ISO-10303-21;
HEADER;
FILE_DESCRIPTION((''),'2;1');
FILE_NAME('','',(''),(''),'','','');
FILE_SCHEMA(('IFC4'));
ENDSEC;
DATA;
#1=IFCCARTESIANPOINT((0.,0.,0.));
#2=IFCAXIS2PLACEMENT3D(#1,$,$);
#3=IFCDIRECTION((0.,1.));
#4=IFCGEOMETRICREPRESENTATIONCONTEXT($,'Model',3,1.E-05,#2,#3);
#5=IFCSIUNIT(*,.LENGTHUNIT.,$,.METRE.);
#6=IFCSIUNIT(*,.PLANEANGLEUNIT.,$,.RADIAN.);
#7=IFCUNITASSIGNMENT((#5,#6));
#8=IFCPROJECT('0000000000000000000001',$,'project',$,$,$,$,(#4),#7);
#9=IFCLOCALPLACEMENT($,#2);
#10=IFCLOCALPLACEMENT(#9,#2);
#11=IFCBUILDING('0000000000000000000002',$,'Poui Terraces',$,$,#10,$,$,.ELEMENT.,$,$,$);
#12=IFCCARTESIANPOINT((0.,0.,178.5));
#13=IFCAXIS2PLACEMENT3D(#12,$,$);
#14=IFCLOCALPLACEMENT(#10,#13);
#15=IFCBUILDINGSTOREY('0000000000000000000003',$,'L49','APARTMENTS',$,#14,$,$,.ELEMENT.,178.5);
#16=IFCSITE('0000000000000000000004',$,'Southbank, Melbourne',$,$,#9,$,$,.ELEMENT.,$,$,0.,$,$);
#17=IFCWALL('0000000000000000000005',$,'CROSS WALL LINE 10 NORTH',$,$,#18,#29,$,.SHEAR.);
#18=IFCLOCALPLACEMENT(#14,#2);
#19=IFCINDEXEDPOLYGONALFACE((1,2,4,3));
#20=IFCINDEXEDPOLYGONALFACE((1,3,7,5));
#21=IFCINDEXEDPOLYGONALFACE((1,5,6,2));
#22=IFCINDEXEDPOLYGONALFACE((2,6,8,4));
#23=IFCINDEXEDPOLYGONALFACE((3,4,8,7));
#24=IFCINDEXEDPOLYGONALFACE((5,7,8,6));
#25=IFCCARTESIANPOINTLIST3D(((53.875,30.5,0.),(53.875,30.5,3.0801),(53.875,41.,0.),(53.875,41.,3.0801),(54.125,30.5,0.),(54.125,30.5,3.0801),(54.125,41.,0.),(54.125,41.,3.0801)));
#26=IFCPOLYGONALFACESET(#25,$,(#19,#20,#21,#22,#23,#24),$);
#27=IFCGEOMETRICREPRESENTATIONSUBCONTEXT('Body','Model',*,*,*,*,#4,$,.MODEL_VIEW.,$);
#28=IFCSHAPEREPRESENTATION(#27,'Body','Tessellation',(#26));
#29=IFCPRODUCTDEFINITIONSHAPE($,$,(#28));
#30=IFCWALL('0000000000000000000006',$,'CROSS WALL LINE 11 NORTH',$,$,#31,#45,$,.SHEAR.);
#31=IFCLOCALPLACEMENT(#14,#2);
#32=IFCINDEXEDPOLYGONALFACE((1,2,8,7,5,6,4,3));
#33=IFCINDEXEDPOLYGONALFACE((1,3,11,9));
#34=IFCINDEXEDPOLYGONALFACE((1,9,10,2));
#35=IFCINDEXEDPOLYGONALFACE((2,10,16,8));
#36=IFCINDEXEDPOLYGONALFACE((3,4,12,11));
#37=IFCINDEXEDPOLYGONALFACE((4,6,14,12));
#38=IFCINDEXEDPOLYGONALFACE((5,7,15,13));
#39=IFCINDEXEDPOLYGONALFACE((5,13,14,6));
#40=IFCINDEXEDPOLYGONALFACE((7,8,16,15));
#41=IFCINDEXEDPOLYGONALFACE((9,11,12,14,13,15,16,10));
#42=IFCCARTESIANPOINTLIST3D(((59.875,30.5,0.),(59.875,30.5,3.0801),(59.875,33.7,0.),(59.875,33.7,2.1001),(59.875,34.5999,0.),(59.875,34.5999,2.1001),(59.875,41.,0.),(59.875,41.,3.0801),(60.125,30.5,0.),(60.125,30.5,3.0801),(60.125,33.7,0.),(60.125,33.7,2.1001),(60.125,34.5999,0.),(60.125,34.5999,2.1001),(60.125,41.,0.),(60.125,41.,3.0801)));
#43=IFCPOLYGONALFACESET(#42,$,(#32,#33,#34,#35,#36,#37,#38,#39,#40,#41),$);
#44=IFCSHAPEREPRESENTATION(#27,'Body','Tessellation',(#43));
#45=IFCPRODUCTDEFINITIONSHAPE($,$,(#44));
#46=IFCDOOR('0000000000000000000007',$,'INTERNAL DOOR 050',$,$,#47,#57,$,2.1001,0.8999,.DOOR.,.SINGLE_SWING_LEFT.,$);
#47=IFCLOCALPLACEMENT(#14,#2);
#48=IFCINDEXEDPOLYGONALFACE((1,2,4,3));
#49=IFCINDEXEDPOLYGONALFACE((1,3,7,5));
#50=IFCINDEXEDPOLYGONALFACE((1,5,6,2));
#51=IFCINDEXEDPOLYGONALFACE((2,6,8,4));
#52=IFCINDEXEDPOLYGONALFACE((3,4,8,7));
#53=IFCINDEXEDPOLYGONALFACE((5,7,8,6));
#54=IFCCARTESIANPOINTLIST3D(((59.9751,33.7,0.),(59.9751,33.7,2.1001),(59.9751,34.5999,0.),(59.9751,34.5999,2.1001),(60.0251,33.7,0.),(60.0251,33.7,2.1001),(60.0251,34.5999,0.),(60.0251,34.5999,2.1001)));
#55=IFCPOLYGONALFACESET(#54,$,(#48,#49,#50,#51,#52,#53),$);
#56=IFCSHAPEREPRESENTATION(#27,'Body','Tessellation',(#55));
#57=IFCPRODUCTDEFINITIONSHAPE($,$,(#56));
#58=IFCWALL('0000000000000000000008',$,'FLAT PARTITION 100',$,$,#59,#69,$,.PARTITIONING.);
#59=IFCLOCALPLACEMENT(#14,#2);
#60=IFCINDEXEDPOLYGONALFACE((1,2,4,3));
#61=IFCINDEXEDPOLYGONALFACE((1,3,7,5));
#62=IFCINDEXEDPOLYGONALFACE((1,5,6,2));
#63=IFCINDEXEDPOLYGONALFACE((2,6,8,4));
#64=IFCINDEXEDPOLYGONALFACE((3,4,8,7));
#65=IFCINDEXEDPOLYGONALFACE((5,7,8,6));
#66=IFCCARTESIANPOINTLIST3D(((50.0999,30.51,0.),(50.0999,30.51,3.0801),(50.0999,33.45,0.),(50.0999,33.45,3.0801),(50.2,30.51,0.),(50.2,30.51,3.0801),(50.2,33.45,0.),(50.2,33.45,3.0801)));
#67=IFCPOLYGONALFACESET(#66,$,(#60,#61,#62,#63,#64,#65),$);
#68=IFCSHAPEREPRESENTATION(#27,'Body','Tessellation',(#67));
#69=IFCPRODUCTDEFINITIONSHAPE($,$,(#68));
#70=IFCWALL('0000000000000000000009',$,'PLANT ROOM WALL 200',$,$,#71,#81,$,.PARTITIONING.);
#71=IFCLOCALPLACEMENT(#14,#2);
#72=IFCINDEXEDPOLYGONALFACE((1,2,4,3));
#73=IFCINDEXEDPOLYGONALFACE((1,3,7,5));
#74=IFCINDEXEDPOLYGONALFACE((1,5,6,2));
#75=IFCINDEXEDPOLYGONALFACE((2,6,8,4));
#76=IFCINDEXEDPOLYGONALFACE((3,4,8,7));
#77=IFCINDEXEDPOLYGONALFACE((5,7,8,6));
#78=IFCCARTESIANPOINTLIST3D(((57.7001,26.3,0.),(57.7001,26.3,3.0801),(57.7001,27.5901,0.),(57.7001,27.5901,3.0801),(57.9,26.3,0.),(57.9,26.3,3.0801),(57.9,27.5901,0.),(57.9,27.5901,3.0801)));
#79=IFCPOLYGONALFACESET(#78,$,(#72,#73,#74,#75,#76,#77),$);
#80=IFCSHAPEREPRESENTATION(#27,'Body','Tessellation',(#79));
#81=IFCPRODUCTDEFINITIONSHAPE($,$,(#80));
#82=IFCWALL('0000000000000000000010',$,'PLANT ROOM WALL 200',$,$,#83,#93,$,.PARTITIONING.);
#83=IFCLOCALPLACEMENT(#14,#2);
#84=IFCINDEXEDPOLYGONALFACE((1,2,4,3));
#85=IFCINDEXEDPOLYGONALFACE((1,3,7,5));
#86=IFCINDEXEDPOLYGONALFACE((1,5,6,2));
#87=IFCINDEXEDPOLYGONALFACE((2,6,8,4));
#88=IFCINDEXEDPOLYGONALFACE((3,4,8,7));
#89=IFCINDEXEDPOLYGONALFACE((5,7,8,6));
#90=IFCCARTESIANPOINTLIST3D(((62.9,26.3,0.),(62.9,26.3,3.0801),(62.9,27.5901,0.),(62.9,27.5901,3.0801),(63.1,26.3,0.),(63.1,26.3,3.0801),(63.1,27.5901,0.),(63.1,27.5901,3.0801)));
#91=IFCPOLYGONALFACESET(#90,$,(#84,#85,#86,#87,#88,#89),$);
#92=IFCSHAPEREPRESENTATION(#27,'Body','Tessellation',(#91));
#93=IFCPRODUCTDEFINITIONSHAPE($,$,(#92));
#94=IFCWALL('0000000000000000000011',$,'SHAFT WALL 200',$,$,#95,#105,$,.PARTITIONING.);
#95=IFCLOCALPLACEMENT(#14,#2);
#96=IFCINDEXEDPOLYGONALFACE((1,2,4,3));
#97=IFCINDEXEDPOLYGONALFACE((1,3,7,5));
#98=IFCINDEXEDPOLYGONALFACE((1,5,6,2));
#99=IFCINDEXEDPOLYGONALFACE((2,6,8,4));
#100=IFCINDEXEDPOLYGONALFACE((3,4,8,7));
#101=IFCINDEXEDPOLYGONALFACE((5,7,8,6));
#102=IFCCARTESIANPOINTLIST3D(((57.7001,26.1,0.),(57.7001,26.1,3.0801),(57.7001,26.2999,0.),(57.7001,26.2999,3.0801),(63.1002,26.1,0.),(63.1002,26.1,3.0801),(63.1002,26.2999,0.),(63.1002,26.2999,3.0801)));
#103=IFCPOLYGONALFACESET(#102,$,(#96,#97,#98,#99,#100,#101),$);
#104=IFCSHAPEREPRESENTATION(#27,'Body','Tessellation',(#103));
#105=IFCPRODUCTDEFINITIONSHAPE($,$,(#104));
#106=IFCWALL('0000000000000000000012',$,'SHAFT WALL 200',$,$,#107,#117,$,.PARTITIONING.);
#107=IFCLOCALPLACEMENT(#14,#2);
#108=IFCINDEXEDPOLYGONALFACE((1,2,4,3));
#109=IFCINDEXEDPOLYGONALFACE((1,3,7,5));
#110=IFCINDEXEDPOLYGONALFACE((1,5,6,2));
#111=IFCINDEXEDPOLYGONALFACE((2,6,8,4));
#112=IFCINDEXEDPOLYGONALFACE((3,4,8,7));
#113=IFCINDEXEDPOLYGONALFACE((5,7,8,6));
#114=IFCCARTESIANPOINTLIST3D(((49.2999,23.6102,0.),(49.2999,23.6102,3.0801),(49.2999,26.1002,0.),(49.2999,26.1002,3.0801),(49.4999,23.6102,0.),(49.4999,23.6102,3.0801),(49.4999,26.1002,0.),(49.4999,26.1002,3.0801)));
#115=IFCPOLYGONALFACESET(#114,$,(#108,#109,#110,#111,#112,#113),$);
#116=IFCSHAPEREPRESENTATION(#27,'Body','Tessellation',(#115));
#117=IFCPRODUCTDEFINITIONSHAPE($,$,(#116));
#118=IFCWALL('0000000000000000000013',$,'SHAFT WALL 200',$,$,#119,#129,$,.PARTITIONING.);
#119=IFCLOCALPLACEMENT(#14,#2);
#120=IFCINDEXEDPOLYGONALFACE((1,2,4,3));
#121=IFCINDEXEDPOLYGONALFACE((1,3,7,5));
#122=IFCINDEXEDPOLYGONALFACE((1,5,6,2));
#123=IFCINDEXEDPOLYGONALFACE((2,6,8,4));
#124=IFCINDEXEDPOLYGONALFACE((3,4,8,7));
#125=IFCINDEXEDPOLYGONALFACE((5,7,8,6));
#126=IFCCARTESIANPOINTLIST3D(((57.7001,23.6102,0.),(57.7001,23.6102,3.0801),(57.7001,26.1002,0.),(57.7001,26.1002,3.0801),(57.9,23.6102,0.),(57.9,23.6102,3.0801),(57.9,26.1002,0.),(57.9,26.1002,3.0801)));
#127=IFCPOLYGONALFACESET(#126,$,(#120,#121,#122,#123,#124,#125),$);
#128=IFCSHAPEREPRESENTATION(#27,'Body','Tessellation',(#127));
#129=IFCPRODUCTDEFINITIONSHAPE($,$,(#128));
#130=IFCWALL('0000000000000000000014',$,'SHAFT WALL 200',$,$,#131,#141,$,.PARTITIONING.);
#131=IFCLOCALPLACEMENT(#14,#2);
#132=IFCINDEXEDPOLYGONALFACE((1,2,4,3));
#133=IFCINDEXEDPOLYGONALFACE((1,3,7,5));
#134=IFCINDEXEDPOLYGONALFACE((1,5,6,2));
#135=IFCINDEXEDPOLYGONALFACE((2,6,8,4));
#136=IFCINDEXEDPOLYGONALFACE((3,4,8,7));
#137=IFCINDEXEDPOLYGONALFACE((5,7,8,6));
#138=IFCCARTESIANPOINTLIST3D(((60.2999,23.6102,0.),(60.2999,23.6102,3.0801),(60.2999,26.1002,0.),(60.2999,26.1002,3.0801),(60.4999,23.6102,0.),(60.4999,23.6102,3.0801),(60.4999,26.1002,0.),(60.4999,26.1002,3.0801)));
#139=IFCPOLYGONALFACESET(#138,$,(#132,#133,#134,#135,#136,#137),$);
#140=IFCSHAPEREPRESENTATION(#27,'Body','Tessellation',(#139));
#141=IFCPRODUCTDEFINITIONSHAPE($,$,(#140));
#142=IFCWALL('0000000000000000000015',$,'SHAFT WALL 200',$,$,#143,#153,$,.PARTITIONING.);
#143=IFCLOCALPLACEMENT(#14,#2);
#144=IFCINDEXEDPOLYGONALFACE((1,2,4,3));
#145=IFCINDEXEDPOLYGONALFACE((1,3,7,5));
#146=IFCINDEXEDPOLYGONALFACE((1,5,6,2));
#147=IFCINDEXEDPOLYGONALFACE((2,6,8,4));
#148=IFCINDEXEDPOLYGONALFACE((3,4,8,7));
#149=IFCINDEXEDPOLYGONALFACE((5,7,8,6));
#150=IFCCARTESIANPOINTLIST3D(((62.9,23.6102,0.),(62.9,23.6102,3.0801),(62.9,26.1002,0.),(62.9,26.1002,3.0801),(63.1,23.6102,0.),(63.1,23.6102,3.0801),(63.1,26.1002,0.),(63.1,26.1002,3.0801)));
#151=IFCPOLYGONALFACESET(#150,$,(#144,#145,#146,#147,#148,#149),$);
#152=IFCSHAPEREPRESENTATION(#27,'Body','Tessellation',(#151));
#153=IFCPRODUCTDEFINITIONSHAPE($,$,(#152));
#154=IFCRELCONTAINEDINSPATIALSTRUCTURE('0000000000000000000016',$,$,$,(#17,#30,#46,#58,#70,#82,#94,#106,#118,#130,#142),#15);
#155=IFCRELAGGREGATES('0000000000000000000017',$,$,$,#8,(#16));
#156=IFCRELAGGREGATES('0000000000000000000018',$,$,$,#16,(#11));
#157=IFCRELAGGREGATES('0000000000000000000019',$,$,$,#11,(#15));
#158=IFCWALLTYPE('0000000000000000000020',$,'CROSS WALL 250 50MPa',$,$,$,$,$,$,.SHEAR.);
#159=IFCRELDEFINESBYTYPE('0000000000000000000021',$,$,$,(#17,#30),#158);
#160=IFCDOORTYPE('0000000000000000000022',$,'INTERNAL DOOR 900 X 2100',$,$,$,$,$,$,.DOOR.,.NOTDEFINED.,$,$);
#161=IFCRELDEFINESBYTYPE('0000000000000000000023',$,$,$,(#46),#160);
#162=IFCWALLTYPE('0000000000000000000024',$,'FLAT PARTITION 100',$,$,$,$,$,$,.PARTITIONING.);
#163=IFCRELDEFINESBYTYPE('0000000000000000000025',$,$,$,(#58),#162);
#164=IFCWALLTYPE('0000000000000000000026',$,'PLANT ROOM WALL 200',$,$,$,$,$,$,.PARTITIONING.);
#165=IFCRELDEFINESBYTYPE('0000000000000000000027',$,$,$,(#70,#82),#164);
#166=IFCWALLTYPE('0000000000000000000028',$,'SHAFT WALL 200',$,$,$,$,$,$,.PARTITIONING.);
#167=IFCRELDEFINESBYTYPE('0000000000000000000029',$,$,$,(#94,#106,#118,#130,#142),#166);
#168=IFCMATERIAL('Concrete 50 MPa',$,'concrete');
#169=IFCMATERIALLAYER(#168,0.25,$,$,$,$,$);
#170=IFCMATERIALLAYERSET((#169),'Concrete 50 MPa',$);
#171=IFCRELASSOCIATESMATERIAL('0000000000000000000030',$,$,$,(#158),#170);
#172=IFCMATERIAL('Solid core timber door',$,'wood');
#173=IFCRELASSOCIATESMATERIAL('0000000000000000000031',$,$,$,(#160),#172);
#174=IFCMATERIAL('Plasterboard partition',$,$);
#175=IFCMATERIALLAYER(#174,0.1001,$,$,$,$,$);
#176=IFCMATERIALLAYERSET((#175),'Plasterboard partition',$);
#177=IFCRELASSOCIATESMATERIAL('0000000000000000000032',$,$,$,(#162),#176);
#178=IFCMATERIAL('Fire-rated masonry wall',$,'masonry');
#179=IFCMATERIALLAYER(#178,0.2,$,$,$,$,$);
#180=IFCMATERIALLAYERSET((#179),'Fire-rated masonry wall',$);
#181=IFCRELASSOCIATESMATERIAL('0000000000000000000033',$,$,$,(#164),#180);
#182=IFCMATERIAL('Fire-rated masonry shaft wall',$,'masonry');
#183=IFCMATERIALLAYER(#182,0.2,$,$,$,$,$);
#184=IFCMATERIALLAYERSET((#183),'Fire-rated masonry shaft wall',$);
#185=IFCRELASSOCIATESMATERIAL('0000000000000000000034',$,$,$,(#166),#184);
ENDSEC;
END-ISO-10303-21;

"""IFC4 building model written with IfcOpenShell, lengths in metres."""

from ifc_helpers import new_model, si_unit, direction, frame, frame_2d, origin, place, context, subcontext, project, spatial, rectangle, extrude, material, layer, layer_set, type_object, element, fill, save


model = new_model("IFC4")

# Units and contexts
model_context = context("Model", 3, precision=1e-05, world=origin(), true_north=direction((0.0, 1.0)))
body_context = subcontext(model_context, "Body", "Model", "MODEL_VIEW")
ifc_project = project(units=[si_unit("LENGTHUNIT", "METRE"), si_unit("PLANEANGLEUNIT", "RADIAN")], contexts=[model_context])

# Site, building, storey
site_placement = place(None, origin())
site = spatial("IfcSite", under=ifc_project, at=site_placement, Name="Southbank, Melbourne", CompositionType="ELEMENT", RefElevation=0.0)
building_placement = place(site_placement, origin())
building = spatial("IfcBuilding", under=site, at=building_placement, Name="Poui Terraces", CompositionType="ELEMENT")
storey_placement = place(building_placement, frame((0.0, 0.0, 178.5)))
storey = spatial("IfcBuildingStorey", under=building, at=storey_placement, Name="L49", Description="APARTMENTS", CompositionType="ELEMENT", Elevation=178.5)

# Shared definitions
ifc_material_1 = material(Name="Concrete 50 MPa", Category="concrete")

# Shared definitions
ifc_layer_1 = layer(ifc_material_1, 0.25)
ifc_layer_set_1 = layer_set([ifc_layer_1], Name="Concrete 50 MPa")
wall_type_1 = type_object("IfcWallType", Name="CROSS WALL 250 50MPa", PredefinedType="SHEAR", material=ifc_layer_set_1)
ifc_material_2 = material(Name="Solid core timber door", Category="wood")
door_type_1 = type_object("IfcDoorType", Name="INTERNAL DOOR 900 X 2100", OperationType="NOTDEFINED", PredefinedType="DOOR", material=ifc_material_2)

# Wall
wall_1_placement = place(storey_placement, frame((54.0, 30.5, 0.0), z_axis=(0.0, 0.0, 1.0), x_axis=(0.0, 1.0, 0.0)))
element("IfcWall", 1, at=wall_1_placement, inside=storey, type_object=wall_type_1, Name="CROSS WALL LINE 10 NORTH", PredefinedType="SHEAR", context=body_context, shape_type="SweptSolid", body=[
    extrude(rectangle(XDim=10.5, YDim=0.25, at=frame_2d((5.25, 0.0))), origin(), (0.0, 0.0, 1.0), 3.0801),
])

# Wall, opening, door
wall_2_placement = place(storey_placement, frame((60.0, 30.5, 0.0), z_axis=(0.0, 0.0, 1.0), x_axis=(0.0, 1.0, 0.0)))
wall_2 = element("IfcWall", 2, at=wall_2_placement, inside=storey, type_object=wall_type_1, Name="CROSS WALL LINE 11 NORTH", PredefinedType="SHEAR", context=body_context, shape_type="SweptSolid", body=[
    extrude(rectangle(XDim=10.5, YDim=0.25, at=frame_2d((5.25, 0.0))), origin(), (0.0, 0.0, 1.0), 3.0801),
])
opening_1_placement = place(wall_2_placement, frame((3.2, 0.0, 0.0)))
opening_1 = element("IfcOpeningElement", 3, at=opening_1_placement, cuts=wall_2, PredefinedType="OPENING", context=body_context, shape_type="SweptSolid", body=[
    extrude(rectangle(XDim=0.8999, YDim=2.1001, at=frame_2d((0.45, 1.05))), frame((0.0, 0.135, 0.0), z_axis=(0.0, -1.0, 0.0), x_axis=(1.0, 0.0, 0.0)), (0.0, 0.0, 1.0), 0.27),
])
door_1_placement = place(opening_1_placement, origin())
door_1 = element("IfcDoor", 4, at=door_1_placement, inside=storey, type_object=door_type_1, Name="INTERNAL DOOR 050", OperationType="SINGLE_SWING_LEFT", OverallHeight=2.1001, OverallWidth=0.8999, PredefinedType="DOOR", context=body_context, shape_type="SweptSolid", body=[
    extrude(rectangle(XDim=0.8999, YDim=2.1001, at=frame_2d((0.45, 1.05))), frame((0.0, 0.0249, 0.0), z_axis=(0.0, -1.0, 0.0), x_axis=(1.0, 0.0, 0.0)), (0.0, 0.0, 1.0), 0.05),
])
fill(opening_1, door_1)

# Walls
ifc_material_3 = material(Name="Plasterboard partition")
ifc_layer_2 = layer(ifc_material_3, 0.1001)
ifc_layer_set_2 = layer_set([ifc_layer_2], Name="Plasterboard partition")
wall_type_2 = type_object("IfcWallType", Name="FLAT PARTITION 100", PredefinedType="PARTITIONING", material=ifc_layer_set_2)
wall_3_placement = place(storey_placement, frame((50.1499, 30.51, 0.0), z_axis=(0.0, 0.0, 1.0), x_axis=(0.0, 1.0, 0.0)))
element("IfcWall", 5, at=wall_3_placement, inside=storey, type_object=wall_type_2, Name="FLAT PARTITION 100", PredefinedType="PARTITIONING", context=body_context, shape_type="SweptSolid", body=[
    extrude(rectangle(XDim=2.9399, YDim=0.1001, at=frame_2d((1.47, 0.0))), origin(), (0.0, 0.0, 1.0), 3.0801),
])
ifc_material_4 = material(Name="Fire-rated masonry wall", Category="masonry")
ifc_layer_3 = layer(ifc_material_4, 0.2)
ifc_layer_set_3 = layer_set([ifc_layer_3], Name="Fire-rated masonry wall")
wall_type_3 = type_object("IfcWallType", Name="PLANT ROOM WALL 200", PredefinedType="PARTITIONING", material=ifc_layer_set_3)
for number, where, z_axis, x_axis, name in (
    (6, (57.8, 26.3, 0.0), (0.0, 0.0, 1.0), (0.0, 1.0, 0.0), "PLANT ROOM WALL 200"),
    (7, (63.0, 26.3, 0.0), (0.0, 0.0, 1.0), (0.0, 1.0, 0.0), "PLANT ROOM WALL 200"),
):
    element("IfcWall", number, at=place(storey_placement, frame(where, z_axis=z_axis, x_axis=x_axis)), inside=storey, type_object=wall_type_3, Name=name, PredefinedType="PARTITIONING", context=body_context, shape_type="SweptSolid", body=[
        extrude(rectangle(XDim=1.29, YDim=0.2, at=frame_2d((0.645, 0.0))), origin(), (0.0, 0.0, 1.0), 3.0801),
    ])
ifc_material_5 = material(Name="Fire-rated masonry shaft wall", Category="masonry")
ifc_layer_4 = layer(ifc_material_5, 0.2)
ifc_layer_set_4 = layer_set([ifc_layer_4], Name="Fire-rated masonry shaft wall")
wall_type_4 = type_object("IfcWallType", Name="SHAFT WALL 200", PredefinedType="PARTITIONING", material=ifc_layer_set_4)
wall_4_placement = place(storey_placement, frame((57.7, 26.2, 0.0), z_axis=(0.0, 0.0, 1.0), x_axis=(1.0, 0.0, 0.0)))
element("IfcWall", 8, at=wall_4_placement, inside=storey, type_object=wall_type_4, Name="SHAFT WALL 200", PredefinedType="PARTITIONING", context=body_context, shape_type="SweptSolid", body=[
    extrude(rectangle(XDim=5.4001, YDim=0.2, at=frame_2d((2.7002, 0.0))), origin(), (0.0, 0.0, 1.0), 3.0801),
])
for number, where, z_axis, x_axis, name in (
    (9, (49.3999, 23.6101, 0.0), (0.0, 0.0, 1.0), (0.0, 1.0, 0.0), "SHAFT WALL 200"),
    (10, (57.8, 23.6101, 0.0), (0.0, 0.0, 1.0), (0.0, 1.0, 0.0), "SHAFT WALL 200"),
    (11, (60.3999, 23.6101, 0.0), (0.0, 0.0, 1.0), (0.0, 1.0, 0.0), "SHAFT WALL 200"),
    (12, (63.0, 23.6101, 0.0), (0.0, 0.0, 1.0), (0.0, 1.0, 0.0), "SHAFT WALL 200"),
):
    element("IfcWall", number, at=place(storey_placement, frame(where, z_axis=z_axis, x_axis=x_axis)), inside=storey, type_object=wall_type_4, Name=name, PredefinedType="PARTITIONING", context=body_context, shape_type="SweptSolid", body=[
        extrude(rectangle(XDim=2.49, YDim=0.2, at=frame_2d((1.2451, 0.0))), origin(), (0.0, 0.0, 1.0), 3.0801),
    ])

save(model, "model.ifc")
